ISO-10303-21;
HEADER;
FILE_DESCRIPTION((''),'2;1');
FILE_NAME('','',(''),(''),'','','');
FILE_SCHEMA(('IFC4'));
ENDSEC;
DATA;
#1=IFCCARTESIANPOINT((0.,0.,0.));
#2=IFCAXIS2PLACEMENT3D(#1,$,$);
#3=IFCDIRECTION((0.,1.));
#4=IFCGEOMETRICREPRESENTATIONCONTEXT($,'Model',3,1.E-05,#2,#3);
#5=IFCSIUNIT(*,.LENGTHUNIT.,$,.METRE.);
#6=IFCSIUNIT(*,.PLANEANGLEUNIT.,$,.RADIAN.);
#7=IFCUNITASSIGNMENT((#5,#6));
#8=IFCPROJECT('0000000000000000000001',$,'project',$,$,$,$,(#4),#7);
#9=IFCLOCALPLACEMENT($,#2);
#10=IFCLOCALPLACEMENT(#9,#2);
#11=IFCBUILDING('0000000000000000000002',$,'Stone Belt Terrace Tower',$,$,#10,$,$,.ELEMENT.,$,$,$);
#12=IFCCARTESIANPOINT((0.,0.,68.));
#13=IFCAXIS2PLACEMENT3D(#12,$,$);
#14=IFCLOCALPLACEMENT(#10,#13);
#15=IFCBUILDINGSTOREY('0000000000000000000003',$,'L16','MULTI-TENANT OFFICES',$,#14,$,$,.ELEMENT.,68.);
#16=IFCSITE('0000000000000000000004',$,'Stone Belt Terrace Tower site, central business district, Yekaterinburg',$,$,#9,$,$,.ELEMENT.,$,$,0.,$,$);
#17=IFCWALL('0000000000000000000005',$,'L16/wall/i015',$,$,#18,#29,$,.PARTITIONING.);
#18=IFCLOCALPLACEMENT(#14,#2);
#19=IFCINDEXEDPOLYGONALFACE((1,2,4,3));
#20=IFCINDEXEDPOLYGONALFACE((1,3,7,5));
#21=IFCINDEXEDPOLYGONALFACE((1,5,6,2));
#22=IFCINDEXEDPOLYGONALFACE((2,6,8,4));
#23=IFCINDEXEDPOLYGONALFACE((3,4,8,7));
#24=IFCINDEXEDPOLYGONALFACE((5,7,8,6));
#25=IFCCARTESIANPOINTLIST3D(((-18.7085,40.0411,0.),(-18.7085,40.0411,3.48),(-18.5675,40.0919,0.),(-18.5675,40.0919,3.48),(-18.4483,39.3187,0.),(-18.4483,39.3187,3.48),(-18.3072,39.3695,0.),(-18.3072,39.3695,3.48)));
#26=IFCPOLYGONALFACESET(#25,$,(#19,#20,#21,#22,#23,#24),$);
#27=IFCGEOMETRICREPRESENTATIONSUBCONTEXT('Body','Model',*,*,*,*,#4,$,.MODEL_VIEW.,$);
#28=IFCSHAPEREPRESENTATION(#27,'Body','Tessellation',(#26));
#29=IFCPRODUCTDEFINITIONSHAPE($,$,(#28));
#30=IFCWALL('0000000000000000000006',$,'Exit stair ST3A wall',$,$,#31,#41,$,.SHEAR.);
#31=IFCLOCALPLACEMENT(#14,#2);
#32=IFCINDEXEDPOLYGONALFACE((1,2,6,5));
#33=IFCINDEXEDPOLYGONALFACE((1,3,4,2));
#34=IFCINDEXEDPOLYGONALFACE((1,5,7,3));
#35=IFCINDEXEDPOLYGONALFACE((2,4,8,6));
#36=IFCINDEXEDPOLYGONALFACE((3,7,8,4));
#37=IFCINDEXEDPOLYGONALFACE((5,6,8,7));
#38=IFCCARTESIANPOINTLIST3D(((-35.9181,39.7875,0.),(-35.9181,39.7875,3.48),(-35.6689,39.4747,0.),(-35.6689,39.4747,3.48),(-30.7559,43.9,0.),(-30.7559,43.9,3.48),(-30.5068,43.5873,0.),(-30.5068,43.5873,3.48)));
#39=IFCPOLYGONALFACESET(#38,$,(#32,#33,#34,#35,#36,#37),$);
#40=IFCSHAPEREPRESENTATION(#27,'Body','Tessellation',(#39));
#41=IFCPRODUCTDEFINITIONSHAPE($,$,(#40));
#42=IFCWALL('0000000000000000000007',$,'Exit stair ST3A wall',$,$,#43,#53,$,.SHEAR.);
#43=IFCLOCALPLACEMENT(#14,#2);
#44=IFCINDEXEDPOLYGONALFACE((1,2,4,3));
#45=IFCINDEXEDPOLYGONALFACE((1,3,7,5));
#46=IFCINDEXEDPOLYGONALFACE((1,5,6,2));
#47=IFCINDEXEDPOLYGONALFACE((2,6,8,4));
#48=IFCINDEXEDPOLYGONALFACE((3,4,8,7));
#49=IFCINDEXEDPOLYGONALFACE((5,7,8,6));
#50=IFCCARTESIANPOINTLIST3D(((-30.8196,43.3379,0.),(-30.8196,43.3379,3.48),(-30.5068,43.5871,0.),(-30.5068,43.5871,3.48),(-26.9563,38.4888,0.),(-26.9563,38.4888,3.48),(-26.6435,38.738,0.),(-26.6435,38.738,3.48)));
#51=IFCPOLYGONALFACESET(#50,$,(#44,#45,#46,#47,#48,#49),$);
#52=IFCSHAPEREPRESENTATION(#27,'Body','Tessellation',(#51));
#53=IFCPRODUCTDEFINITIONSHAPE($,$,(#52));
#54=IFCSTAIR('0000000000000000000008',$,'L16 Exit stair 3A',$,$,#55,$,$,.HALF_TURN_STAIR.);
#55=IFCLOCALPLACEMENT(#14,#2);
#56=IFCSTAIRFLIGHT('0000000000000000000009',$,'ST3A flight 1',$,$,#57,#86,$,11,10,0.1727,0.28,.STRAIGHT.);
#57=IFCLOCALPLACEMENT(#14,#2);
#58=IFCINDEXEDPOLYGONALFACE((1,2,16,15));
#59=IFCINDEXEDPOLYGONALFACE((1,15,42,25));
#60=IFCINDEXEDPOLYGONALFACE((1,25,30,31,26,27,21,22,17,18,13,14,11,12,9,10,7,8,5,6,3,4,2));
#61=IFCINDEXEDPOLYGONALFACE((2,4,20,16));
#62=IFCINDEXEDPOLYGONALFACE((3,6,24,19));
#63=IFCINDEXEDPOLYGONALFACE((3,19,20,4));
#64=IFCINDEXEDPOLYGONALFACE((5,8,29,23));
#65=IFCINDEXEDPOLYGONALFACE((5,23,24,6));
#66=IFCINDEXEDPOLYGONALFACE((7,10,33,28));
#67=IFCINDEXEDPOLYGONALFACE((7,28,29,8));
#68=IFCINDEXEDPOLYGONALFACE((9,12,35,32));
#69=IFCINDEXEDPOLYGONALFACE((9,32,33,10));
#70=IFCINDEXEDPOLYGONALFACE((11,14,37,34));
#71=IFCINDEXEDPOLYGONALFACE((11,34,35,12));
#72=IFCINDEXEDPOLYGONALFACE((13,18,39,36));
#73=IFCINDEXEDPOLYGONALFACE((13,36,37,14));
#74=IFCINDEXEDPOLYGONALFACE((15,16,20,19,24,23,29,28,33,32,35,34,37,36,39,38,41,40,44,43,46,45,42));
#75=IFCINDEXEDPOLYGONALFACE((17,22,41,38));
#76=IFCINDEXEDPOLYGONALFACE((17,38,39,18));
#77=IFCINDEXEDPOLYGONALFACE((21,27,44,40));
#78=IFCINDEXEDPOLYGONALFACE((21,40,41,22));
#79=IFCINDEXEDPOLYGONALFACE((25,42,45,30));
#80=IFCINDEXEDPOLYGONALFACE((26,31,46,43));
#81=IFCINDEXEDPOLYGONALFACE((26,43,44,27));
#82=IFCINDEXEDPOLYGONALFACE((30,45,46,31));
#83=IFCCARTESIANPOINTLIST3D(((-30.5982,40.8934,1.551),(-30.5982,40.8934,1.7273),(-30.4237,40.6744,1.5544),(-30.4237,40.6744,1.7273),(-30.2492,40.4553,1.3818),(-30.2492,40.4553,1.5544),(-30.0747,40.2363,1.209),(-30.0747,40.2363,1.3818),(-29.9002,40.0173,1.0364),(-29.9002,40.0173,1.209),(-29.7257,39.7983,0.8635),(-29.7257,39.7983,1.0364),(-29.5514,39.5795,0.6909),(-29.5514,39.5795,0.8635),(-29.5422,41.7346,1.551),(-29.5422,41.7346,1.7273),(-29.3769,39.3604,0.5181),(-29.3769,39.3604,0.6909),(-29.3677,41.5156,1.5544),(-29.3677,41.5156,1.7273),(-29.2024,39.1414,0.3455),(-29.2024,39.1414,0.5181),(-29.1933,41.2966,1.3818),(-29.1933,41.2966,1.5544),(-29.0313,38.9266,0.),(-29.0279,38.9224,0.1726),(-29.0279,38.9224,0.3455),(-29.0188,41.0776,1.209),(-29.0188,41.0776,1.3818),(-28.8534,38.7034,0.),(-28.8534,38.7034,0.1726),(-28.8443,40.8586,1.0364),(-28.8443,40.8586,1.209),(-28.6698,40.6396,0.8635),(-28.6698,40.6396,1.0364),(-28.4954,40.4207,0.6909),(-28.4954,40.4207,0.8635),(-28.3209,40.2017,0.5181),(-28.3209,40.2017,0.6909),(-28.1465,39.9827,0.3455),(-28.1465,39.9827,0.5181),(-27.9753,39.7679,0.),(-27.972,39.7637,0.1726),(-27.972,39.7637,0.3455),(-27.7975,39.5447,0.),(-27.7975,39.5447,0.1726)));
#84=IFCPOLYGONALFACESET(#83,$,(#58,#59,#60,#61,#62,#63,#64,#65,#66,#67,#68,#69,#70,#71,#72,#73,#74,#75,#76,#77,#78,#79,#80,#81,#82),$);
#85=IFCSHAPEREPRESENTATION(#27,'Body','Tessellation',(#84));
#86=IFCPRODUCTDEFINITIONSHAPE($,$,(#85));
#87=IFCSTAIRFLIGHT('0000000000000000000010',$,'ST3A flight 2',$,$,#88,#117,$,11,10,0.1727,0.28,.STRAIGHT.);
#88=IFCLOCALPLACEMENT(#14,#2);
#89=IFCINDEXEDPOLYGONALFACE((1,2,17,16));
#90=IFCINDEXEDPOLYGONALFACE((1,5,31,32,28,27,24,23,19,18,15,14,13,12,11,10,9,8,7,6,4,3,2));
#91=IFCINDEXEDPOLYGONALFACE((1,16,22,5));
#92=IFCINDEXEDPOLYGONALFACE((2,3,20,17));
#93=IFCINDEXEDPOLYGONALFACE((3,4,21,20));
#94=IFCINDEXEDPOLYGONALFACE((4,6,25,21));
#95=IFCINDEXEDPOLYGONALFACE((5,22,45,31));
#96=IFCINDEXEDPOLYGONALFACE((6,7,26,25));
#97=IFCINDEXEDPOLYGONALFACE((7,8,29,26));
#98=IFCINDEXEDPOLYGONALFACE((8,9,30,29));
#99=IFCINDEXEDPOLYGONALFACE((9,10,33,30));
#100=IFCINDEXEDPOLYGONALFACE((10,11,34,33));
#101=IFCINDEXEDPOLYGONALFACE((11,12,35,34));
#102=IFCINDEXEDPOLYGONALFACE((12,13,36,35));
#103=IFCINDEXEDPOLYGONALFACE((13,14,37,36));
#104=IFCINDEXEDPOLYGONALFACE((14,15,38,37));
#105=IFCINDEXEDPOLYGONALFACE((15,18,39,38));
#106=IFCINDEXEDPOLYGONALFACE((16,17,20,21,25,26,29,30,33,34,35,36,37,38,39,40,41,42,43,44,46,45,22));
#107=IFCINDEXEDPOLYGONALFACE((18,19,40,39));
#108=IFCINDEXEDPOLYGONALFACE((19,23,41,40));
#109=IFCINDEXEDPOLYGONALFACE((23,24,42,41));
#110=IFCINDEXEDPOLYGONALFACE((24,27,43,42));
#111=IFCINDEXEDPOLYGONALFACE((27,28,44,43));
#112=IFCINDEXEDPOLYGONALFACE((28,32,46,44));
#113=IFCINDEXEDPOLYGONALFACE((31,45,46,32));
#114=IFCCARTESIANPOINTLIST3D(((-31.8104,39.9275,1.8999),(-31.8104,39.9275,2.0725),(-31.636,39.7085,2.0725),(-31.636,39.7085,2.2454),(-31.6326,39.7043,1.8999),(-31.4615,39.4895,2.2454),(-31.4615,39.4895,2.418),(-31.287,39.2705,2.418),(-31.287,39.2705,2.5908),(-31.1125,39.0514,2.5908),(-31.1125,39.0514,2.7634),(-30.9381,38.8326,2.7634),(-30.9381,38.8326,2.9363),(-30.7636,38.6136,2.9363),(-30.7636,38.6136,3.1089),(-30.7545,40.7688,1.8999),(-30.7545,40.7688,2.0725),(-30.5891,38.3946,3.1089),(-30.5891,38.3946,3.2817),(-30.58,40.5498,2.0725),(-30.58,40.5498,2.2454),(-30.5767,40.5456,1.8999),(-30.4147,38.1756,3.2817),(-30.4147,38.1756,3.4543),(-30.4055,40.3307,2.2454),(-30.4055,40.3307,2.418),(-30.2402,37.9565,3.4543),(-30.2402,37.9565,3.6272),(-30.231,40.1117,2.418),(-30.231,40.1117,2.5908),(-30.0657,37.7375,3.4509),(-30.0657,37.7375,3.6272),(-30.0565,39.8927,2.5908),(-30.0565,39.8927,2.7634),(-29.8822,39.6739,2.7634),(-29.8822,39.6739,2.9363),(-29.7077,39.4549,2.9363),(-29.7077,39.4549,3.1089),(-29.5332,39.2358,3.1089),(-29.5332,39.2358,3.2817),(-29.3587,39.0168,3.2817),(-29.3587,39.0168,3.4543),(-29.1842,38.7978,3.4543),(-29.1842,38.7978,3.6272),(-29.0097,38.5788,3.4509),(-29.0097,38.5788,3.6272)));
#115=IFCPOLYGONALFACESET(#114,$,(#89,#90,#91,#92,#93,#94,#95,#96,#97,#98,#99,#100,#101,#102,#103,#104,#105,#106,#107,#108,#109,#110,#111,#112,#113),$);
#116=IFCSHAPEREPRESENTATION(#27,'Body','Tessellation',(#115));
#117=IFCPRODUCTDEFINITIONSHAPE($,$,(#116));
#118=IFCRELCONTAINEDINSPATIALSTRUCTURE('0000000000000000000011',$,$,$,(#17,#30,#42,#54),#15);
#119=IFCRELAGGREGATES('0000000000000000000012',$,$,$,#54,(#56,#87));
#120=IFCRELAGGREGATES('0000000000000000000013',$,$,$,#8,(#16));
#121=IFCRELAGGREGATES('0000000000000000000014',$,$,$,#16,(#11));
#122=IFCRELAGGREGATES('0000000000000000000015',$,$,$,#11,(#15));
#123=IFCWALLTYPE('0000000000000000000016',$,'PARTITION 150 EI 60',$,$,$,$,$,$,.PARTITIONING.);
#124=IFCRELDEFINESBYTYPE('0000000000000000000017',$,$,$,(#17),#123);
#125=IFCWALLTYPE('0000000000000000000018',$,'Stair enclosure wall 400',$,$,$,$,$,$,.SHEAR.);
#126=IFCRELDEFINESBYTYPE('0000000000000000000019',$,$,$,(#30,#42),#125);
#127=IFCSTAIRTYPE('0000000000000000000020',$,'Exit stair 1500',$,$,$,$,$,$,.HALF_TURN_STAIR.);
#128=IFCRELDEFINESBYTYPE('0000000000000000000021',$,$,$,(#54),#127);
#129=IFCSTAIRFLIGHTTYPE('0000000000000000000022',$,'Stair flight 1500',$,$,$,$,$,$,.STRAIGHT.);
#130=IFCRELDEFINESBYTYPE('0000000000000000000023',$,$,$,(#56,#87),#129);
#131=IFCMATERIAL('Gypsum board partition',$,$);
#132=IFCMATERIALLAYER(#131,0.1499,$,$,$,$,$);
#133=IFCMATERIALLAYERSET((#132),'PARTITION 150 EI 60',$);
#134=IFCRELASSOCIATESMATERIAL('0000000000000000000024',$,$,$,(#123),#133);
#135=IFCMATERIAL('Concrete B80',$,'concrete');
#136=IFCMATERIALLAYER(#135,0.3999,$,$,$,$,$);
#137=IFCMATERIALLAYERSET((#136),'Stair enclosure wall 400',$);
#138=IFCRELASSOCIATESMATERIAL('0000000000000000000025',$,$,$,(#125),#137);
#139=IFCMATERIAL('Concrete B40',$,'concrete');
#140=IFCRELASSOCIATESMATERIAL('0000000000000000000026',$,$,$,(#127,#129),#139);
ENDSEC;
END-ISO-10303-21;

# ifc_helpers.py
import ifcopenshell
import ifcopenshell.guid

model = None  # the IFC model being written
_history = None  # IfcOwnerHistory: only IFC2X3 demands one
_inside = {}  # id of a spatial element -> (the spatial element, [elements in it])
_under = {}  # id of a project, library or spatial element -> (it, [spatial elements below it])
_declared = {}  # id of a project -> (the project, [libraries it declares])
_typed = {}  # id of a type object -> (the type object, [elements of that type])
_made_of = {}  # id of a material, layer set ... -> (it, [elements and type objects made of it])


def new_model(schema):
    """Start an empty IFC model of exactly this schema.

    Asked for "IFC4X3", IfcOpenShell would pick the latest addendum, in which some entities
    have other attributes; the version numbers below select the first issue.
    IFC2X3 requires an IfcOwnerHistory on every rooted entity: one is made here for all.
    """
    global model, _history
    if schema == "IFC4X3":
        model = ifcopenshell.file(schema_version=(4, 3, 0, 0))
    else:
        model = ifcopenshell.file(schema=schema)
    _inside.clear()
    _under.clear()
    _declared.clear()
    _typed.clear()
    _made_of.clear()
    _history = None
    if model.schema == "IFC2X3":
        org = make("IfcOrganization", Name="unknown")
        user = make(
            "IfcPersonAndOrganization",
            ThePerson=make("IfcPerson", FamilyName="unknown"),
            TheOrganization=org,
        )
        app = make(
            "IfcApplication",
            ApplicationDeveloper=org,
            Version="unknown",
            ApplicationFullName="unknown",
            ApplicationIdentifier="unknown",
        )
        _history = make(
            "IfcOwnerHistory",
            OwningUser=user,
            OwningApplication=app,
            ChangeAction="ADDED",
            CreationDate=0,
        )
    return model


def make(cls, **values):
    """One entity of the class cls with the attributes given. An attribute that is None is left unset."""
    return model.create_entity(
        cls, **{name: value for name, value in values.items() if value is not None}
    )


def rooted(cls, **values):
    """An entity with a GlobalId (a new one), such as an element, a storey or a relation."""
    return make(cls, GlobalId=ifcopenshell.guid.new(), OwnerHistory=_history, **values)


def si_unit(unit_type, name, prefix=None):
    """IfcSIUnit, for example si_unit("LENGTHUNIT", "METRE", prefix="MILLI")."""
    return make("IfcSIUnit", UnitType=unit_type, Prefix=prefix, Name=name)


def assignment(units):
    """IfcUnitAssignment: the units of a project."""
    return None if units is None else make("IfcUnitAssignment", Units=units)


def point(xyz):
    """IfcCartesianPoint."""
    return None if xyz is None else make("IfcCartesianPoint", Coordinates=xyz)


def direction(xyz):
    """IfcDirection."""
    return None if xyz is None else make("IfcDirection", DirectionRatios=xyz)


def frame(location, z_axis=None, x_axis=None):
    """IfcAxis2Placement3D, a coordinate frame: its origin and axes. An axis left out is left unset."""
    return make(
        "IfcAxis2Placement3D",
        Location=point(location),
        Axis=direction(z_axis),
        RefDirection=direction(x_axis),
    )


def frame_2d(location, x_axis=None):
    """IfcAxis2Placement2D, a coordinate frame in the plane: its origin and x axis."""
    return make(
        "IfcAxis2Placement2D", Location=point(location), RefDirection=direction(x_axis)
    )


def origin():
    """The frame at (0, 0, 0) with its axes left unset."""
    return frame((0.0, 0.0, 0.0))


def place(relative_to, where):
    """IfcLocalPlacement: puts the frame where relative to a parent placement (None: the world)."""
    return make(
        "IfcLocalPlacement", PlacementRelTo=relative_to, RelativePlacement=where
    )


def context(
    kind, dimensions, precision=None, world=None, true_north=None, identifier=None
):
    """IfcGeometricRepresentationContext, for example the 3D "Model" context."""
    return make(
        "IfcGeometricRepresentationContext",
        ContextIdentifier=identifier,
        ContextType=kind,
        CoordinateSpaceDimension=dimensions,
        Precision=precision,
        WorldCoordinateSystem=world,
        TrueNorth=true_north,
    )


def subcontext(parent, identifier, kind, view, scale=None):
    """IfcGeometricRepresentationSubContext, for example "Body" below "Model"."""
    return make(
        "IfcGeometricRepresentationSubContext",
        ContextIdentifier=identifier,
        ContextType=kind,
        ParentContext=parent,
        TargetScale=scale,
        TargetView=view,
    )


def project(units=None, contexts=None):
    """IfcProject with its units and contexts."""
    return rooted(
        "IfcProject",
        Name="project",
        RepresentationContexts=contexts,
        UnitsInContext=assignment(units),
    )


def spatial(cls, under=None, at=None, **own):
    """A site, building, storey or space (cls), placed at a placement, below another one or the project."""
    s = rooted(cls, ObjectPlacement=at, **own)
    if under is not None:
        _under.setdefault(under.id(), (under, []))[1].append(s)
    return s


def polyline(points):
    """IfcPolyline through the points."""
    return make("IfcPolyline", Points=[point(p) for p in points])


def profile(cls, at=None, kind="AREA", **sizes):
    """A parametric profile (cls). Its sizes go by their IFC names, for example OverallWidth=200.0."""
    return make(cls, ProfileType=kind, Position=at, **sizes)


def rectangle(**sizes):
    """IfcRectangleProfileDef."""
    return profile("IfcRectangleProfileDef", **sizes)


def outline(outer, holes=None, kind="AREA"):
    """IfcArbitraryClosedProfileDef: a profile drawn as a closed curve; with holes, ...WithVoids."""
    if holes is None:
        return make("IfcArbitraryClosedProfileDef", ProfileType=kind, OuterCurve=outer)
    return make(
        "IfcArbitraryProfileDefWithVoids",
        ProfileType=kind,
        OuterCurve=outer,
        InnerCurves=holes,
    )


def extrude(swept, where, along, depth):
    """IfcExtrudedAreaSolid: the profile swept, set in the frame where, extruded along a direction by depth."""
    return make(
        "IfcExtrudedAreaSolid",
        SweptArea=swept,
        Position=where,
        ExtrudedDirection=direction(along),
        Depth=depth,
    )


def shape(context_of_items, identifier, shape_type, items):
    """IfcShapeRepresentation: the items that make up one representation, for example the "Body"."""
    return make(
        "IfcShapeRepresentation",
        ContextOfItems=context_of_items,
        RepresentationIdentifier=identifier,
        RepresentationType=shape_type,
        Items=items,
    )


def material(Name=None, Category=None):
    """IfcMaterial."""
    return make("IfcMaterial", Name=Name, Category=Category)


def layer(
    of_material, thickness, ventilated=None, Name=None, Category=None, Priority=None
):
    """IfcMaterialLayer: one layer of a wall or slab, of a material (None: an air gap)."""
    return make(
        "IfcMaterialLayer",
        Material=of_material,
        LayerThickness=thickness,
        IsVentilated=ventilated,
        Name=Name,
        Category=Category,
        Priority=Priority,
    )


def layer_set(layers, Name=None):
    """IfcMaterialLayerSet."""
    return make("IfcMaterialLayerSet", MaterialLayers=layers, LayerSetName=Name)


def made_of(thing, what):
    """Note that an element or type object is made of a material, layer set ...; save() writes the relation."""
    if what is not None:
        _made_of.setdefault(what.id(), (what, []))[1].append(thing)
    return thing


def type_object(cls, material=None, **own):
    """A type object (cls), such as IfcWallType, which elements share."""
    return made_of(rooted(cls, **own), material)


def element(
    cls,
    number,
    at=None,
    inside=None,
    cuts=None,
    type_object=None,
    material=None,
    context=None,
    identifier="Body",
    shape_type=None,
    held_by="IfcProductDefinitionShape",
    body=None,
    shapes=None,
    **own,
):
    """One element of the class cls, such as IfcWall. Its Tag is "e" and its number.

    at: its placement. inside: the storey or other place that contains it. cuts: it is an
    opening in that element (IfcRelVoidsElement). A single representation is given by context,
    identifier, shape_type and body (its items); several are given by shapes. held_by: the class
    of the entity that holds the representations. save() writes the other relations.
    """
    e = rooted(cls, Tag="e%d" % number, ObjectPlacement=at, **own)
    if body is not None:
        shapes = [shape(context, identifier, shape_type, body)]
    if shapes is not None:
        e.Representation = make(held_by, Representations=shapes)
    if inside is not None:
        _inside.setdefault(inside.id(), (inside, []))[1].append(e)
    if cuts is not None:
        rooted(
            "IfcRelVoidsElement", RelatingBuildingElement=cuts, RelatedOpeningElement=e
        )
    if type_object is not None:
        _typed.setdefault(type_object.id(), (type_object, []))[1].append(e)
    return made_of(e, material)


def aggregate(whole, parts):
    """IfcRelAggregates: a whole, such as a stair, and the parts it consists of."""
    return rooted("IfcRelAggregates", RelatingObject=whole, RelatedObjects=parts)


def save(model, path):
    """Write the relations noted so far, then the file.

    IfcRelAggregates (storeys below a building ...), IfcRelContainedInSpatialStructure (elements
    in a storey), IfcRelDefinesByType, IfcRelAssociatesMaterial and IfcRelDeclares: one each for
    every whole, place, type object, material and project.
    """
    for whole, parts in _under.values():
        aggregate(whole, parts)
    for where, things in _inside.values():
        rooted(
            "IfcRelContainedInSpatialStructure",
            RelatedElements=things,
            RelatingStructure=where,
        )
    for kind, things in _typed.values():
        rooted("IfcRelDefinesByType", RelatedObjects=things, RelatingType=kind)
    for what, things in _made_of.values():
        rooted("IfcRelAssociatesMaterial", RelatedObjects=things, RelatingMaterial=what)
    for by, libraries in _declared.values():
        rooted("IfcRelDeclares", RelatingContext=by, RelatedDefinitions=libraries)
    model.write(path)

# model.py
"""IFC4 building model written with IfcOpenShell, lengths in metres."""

from ifc_helpers import new_model, si_unit, direction, frame, frame_2d, origin, place, context, subcontext, project, spatial, polyline, rectangle, outline, extrude, material, layer, layer_set, type_object, element, aggregate, save


model = new_model("IFC4")

# Units and contexts
model_context = context("Model", 3, precision=1e-05, world=origin(), true_north=direction((0.0, 1.0)))
body_context = subcontext(model_context, "Body", "Model", "MODEL_VIEW")
ifc_project = project(units=[si_unit("LENGTHUNIT", "METRE"), si_unit("PLANEANGLEUNIT", "RADIAN")], contexts=[model_context])

# Site, building, storey
site_placement = place(None, origin())
site = spatial("IfcSite", under=ifc_project, at=site_placement, Name="Stone Belt Terrace Tower site, central business district, Yekaterinburg", CompositionType="ELEMENT", RefElevation=0.0)
building_placement = place(site_placement, origin())
building = spatial("IfcBuilding", under=site, at=building_placement, Name="Stone Belt Terrace Tower", CompositionType="ELEMENT")
storey_placement = place(building_placement, frame((0.0, 0.0, 68.0)))
storey = spatial("IfcBuildingStorey", under=building, at=storey_placement, Name="L16", Description="MULTI-TENANT OFFICES", CompositionType="ELEMENT", Elevation=68.0)

# Shared definitions
ifc_material_1 = material(Name="Concrete B80", Category="concrete")

# Shared definitions
ifc_material_2 = material(Name="Gypsum board partition")
ifc_layer_1 = layer(ifc_material_2, 0.1499)
ifc_layer_set_1 = layer_set([ifc_layer_1], Name="PARTITION 150 EI 60")
wall_type_1 = type_object("IfcWallType", Name="PARTITION 150 EI 60", PredefinedType="PARTITIONING", material=ifc_layer_set_1)

# Walls
wall_1_placement = place(storey_placement, frame((-18.6379, 40.0664, 0.0), z_axis=(0.0, 0.0, 1.0), x_axis=(0.338933, -0.94081, 0.0)))
element("IfcWall", 1, at=wall_1_placement, inside=storey, type_object=wall_type_1, Name="L16/wall/i015", PredefinedType="PARTITIONING", context=body_context, shape_type="SweptSolid", body=[
    extrude(rectangle(XDim=0.7678, YDim=0.1499, at=frame_2d((0.3838, 0.0))), origin(), (0.0, 0.0, 1.0), 3.48),
])
ifc_layer_2 = layer(ifc_material_1, 0.3999)
ifc_layer_set_2 = layer_set([ifc_layer_2], Name="Stair enclosure wall 400")
wall_type_2 = type_object("IfcWallType", Name="Stair enclosure wall 400", PredefinedType="SHEAR", material=ifc_layer_set_2)
wall_2_placement = place(storey_placement, frame((-30.6313, 43.7437, 0.0), z_axis=(0.0, 0.0, 1.0), x_axis=(-0.782134, -0.62311, 0.0)))
element("IfcWall", 2, at=wall_2_placement, inside=storey, type_object=wall_type_2, Name="Exit stair ST3A wall", PredefinedType="SHEAR", context=body_context, shape_type="SweptSolid", body=[
    extrude(rectangle(XDim=6.6001, YDim=0.3999, at=frame_2d((3.3, 0.0))), origin(), (0.0, 0.0, 1.0), 3.48),
])
wall_3_placement = place(storey_placement, frame((-26.7998, 38.6133, 0.0), z_axis=(0.0, 0.0, 1.0), x_axis=(-0.623119, 0.782127, 0.0)))
element("IfcWall", 3, at=wall_3_placement, inside=storey, type_object=wall_type_2, Name="Exit stair ST3A wall", PredefinedType="SHEAR", context=body_context, shape_type="SweptSolid", body=[
    extrude(rectangle(XDim=6.2, YDim=0.3999, at=frame_2d((3.1001, 0.0))), origin(), (0.0, 0.0, 1.0), 3.48),
])

# Stair, stair flights
ifc_material_3 = material(Name="Concrete B40", Category="concrete")
stair_type = type_object("IfcStairType", Name="Exit stair 1500", PredefinedType="HALF_TURN_STAIR", material=ifc_material_3)
stair_placement = place(storey_placement, origin())
stair = element("IfcStair", 4, at=stair_placement, inside=storey, type_object=stair_type, Name="L16 Exit stair 3A", PredefinedType="HALF_TURN_STAIR")
stair_flight_type = type_object("IfcStairFlightType", Name="Stair flight 1500", PredefinedType="STRAIGHT", material=ifc_material_3)
stair_flight_1_placement = place(storey_placement, frame((-28.3254, 39.124, 0.0), z_axis=(0.0, 0.0, 1.0), x_axis=(-0.623121, 0.782125, 0.0)))
stair_flight_1 = element("IfcStairFlight", 5, at=stair_flight_1_placement, type_object=stair_flight_type, Name="ST3A flight 1", NumberOfRisers=11, NumberOfTreads=10, PredefinedType="STRAIGHT", RiserHeight=0.1727, TreadLength=0.28, context=body_context, shape_type="SweptSolid", body=[
    extrude(outline(polyline([(0.0, 0.0), (0.0, 0.1726), (0.28, 0.1726), (0.28, 0.3455), (0.5601, 0.3455), (0.5601, 0.5181), (0.8401, 0.5181), (0.8401, 0.6909), (1.1201, 0.6909), (1.1201, 0.8635), (1.3999, 0.8635), (1.3999, 1.0364), (1.6799, 1.0364), (1.6799, 1.209), (1.96, 1.209), (1.96, 1.3818), (2.24, 1.3818), (2.24, 1.5544), (2.52, 1.5544), (2.52, 1.7273), (2.8, 1.7273), (2.8, 1.8999), (2.8, 1.551), (0.2854, 0.0), (0.0, 0.0)])), frame((0.0, 0.675, 0.0), z_axis=(0.0, -1.0, 0.0), x_axis=(1.0, 0.0, 0.0)), (0.0, 0.0, 1.0), 1.3501),
])
stair_flight_2_placement = place(storey_placement, frame((-31.2825, 40.3481, 1.8999), z_axis=(0.0, 0.0, 1.0), x_axis=(0.623121, -0.782125, 0.0)))
stair_flight_2 = element("IfcStairFlight", 6, at=stair_flight_2_placement, type_object=stair_flight_type, Name="ST3A flight 2", NumberOfRisers=11, NumberOfTreads=10, PredefinedType="STRAIGHT", RiserHeight=0.1727, TreadLength=0.28, context=body_context, shape_type="SweptSolid", body=[
    extrude(outline(polyline([(0.0, 0.0), (0.0, 0.1726), (0.28, 0.1726), (0.28, 0.3455), (0.5601, 0.3455), (0.5601, 0.5181), (0.8401, 0.5181), (0.8401, 0.6909), (1.1201, 0.6909), (1.1201, 0.8635), (1.3999, 0.8635), (1.3999, 1.0364), (1.6799, 1.0364), (1.6799, 1.209), (1.96, 1.209), (1.96, 1.3818), (2.24, 1.3818), (2.24, 1.5544), (2.52, 1.5544), (2.52, 1.7273), (2.8, 1.7273), (2.8, 1.8999), (2.8, 1.551), (0.2854, 0.0), (0.0, 0.0)])), frame((0.0, 0.675, 0.0), z_axis=(0.0, -1.0, 0.0), x_axis=(1.0, 0.0, 0.0)), (0.0, 0.0, 1.0), 1.3501),
])
aggregate(stair, [stair_flight_1, stair_flight_2])

save(model, "model.ifc")
